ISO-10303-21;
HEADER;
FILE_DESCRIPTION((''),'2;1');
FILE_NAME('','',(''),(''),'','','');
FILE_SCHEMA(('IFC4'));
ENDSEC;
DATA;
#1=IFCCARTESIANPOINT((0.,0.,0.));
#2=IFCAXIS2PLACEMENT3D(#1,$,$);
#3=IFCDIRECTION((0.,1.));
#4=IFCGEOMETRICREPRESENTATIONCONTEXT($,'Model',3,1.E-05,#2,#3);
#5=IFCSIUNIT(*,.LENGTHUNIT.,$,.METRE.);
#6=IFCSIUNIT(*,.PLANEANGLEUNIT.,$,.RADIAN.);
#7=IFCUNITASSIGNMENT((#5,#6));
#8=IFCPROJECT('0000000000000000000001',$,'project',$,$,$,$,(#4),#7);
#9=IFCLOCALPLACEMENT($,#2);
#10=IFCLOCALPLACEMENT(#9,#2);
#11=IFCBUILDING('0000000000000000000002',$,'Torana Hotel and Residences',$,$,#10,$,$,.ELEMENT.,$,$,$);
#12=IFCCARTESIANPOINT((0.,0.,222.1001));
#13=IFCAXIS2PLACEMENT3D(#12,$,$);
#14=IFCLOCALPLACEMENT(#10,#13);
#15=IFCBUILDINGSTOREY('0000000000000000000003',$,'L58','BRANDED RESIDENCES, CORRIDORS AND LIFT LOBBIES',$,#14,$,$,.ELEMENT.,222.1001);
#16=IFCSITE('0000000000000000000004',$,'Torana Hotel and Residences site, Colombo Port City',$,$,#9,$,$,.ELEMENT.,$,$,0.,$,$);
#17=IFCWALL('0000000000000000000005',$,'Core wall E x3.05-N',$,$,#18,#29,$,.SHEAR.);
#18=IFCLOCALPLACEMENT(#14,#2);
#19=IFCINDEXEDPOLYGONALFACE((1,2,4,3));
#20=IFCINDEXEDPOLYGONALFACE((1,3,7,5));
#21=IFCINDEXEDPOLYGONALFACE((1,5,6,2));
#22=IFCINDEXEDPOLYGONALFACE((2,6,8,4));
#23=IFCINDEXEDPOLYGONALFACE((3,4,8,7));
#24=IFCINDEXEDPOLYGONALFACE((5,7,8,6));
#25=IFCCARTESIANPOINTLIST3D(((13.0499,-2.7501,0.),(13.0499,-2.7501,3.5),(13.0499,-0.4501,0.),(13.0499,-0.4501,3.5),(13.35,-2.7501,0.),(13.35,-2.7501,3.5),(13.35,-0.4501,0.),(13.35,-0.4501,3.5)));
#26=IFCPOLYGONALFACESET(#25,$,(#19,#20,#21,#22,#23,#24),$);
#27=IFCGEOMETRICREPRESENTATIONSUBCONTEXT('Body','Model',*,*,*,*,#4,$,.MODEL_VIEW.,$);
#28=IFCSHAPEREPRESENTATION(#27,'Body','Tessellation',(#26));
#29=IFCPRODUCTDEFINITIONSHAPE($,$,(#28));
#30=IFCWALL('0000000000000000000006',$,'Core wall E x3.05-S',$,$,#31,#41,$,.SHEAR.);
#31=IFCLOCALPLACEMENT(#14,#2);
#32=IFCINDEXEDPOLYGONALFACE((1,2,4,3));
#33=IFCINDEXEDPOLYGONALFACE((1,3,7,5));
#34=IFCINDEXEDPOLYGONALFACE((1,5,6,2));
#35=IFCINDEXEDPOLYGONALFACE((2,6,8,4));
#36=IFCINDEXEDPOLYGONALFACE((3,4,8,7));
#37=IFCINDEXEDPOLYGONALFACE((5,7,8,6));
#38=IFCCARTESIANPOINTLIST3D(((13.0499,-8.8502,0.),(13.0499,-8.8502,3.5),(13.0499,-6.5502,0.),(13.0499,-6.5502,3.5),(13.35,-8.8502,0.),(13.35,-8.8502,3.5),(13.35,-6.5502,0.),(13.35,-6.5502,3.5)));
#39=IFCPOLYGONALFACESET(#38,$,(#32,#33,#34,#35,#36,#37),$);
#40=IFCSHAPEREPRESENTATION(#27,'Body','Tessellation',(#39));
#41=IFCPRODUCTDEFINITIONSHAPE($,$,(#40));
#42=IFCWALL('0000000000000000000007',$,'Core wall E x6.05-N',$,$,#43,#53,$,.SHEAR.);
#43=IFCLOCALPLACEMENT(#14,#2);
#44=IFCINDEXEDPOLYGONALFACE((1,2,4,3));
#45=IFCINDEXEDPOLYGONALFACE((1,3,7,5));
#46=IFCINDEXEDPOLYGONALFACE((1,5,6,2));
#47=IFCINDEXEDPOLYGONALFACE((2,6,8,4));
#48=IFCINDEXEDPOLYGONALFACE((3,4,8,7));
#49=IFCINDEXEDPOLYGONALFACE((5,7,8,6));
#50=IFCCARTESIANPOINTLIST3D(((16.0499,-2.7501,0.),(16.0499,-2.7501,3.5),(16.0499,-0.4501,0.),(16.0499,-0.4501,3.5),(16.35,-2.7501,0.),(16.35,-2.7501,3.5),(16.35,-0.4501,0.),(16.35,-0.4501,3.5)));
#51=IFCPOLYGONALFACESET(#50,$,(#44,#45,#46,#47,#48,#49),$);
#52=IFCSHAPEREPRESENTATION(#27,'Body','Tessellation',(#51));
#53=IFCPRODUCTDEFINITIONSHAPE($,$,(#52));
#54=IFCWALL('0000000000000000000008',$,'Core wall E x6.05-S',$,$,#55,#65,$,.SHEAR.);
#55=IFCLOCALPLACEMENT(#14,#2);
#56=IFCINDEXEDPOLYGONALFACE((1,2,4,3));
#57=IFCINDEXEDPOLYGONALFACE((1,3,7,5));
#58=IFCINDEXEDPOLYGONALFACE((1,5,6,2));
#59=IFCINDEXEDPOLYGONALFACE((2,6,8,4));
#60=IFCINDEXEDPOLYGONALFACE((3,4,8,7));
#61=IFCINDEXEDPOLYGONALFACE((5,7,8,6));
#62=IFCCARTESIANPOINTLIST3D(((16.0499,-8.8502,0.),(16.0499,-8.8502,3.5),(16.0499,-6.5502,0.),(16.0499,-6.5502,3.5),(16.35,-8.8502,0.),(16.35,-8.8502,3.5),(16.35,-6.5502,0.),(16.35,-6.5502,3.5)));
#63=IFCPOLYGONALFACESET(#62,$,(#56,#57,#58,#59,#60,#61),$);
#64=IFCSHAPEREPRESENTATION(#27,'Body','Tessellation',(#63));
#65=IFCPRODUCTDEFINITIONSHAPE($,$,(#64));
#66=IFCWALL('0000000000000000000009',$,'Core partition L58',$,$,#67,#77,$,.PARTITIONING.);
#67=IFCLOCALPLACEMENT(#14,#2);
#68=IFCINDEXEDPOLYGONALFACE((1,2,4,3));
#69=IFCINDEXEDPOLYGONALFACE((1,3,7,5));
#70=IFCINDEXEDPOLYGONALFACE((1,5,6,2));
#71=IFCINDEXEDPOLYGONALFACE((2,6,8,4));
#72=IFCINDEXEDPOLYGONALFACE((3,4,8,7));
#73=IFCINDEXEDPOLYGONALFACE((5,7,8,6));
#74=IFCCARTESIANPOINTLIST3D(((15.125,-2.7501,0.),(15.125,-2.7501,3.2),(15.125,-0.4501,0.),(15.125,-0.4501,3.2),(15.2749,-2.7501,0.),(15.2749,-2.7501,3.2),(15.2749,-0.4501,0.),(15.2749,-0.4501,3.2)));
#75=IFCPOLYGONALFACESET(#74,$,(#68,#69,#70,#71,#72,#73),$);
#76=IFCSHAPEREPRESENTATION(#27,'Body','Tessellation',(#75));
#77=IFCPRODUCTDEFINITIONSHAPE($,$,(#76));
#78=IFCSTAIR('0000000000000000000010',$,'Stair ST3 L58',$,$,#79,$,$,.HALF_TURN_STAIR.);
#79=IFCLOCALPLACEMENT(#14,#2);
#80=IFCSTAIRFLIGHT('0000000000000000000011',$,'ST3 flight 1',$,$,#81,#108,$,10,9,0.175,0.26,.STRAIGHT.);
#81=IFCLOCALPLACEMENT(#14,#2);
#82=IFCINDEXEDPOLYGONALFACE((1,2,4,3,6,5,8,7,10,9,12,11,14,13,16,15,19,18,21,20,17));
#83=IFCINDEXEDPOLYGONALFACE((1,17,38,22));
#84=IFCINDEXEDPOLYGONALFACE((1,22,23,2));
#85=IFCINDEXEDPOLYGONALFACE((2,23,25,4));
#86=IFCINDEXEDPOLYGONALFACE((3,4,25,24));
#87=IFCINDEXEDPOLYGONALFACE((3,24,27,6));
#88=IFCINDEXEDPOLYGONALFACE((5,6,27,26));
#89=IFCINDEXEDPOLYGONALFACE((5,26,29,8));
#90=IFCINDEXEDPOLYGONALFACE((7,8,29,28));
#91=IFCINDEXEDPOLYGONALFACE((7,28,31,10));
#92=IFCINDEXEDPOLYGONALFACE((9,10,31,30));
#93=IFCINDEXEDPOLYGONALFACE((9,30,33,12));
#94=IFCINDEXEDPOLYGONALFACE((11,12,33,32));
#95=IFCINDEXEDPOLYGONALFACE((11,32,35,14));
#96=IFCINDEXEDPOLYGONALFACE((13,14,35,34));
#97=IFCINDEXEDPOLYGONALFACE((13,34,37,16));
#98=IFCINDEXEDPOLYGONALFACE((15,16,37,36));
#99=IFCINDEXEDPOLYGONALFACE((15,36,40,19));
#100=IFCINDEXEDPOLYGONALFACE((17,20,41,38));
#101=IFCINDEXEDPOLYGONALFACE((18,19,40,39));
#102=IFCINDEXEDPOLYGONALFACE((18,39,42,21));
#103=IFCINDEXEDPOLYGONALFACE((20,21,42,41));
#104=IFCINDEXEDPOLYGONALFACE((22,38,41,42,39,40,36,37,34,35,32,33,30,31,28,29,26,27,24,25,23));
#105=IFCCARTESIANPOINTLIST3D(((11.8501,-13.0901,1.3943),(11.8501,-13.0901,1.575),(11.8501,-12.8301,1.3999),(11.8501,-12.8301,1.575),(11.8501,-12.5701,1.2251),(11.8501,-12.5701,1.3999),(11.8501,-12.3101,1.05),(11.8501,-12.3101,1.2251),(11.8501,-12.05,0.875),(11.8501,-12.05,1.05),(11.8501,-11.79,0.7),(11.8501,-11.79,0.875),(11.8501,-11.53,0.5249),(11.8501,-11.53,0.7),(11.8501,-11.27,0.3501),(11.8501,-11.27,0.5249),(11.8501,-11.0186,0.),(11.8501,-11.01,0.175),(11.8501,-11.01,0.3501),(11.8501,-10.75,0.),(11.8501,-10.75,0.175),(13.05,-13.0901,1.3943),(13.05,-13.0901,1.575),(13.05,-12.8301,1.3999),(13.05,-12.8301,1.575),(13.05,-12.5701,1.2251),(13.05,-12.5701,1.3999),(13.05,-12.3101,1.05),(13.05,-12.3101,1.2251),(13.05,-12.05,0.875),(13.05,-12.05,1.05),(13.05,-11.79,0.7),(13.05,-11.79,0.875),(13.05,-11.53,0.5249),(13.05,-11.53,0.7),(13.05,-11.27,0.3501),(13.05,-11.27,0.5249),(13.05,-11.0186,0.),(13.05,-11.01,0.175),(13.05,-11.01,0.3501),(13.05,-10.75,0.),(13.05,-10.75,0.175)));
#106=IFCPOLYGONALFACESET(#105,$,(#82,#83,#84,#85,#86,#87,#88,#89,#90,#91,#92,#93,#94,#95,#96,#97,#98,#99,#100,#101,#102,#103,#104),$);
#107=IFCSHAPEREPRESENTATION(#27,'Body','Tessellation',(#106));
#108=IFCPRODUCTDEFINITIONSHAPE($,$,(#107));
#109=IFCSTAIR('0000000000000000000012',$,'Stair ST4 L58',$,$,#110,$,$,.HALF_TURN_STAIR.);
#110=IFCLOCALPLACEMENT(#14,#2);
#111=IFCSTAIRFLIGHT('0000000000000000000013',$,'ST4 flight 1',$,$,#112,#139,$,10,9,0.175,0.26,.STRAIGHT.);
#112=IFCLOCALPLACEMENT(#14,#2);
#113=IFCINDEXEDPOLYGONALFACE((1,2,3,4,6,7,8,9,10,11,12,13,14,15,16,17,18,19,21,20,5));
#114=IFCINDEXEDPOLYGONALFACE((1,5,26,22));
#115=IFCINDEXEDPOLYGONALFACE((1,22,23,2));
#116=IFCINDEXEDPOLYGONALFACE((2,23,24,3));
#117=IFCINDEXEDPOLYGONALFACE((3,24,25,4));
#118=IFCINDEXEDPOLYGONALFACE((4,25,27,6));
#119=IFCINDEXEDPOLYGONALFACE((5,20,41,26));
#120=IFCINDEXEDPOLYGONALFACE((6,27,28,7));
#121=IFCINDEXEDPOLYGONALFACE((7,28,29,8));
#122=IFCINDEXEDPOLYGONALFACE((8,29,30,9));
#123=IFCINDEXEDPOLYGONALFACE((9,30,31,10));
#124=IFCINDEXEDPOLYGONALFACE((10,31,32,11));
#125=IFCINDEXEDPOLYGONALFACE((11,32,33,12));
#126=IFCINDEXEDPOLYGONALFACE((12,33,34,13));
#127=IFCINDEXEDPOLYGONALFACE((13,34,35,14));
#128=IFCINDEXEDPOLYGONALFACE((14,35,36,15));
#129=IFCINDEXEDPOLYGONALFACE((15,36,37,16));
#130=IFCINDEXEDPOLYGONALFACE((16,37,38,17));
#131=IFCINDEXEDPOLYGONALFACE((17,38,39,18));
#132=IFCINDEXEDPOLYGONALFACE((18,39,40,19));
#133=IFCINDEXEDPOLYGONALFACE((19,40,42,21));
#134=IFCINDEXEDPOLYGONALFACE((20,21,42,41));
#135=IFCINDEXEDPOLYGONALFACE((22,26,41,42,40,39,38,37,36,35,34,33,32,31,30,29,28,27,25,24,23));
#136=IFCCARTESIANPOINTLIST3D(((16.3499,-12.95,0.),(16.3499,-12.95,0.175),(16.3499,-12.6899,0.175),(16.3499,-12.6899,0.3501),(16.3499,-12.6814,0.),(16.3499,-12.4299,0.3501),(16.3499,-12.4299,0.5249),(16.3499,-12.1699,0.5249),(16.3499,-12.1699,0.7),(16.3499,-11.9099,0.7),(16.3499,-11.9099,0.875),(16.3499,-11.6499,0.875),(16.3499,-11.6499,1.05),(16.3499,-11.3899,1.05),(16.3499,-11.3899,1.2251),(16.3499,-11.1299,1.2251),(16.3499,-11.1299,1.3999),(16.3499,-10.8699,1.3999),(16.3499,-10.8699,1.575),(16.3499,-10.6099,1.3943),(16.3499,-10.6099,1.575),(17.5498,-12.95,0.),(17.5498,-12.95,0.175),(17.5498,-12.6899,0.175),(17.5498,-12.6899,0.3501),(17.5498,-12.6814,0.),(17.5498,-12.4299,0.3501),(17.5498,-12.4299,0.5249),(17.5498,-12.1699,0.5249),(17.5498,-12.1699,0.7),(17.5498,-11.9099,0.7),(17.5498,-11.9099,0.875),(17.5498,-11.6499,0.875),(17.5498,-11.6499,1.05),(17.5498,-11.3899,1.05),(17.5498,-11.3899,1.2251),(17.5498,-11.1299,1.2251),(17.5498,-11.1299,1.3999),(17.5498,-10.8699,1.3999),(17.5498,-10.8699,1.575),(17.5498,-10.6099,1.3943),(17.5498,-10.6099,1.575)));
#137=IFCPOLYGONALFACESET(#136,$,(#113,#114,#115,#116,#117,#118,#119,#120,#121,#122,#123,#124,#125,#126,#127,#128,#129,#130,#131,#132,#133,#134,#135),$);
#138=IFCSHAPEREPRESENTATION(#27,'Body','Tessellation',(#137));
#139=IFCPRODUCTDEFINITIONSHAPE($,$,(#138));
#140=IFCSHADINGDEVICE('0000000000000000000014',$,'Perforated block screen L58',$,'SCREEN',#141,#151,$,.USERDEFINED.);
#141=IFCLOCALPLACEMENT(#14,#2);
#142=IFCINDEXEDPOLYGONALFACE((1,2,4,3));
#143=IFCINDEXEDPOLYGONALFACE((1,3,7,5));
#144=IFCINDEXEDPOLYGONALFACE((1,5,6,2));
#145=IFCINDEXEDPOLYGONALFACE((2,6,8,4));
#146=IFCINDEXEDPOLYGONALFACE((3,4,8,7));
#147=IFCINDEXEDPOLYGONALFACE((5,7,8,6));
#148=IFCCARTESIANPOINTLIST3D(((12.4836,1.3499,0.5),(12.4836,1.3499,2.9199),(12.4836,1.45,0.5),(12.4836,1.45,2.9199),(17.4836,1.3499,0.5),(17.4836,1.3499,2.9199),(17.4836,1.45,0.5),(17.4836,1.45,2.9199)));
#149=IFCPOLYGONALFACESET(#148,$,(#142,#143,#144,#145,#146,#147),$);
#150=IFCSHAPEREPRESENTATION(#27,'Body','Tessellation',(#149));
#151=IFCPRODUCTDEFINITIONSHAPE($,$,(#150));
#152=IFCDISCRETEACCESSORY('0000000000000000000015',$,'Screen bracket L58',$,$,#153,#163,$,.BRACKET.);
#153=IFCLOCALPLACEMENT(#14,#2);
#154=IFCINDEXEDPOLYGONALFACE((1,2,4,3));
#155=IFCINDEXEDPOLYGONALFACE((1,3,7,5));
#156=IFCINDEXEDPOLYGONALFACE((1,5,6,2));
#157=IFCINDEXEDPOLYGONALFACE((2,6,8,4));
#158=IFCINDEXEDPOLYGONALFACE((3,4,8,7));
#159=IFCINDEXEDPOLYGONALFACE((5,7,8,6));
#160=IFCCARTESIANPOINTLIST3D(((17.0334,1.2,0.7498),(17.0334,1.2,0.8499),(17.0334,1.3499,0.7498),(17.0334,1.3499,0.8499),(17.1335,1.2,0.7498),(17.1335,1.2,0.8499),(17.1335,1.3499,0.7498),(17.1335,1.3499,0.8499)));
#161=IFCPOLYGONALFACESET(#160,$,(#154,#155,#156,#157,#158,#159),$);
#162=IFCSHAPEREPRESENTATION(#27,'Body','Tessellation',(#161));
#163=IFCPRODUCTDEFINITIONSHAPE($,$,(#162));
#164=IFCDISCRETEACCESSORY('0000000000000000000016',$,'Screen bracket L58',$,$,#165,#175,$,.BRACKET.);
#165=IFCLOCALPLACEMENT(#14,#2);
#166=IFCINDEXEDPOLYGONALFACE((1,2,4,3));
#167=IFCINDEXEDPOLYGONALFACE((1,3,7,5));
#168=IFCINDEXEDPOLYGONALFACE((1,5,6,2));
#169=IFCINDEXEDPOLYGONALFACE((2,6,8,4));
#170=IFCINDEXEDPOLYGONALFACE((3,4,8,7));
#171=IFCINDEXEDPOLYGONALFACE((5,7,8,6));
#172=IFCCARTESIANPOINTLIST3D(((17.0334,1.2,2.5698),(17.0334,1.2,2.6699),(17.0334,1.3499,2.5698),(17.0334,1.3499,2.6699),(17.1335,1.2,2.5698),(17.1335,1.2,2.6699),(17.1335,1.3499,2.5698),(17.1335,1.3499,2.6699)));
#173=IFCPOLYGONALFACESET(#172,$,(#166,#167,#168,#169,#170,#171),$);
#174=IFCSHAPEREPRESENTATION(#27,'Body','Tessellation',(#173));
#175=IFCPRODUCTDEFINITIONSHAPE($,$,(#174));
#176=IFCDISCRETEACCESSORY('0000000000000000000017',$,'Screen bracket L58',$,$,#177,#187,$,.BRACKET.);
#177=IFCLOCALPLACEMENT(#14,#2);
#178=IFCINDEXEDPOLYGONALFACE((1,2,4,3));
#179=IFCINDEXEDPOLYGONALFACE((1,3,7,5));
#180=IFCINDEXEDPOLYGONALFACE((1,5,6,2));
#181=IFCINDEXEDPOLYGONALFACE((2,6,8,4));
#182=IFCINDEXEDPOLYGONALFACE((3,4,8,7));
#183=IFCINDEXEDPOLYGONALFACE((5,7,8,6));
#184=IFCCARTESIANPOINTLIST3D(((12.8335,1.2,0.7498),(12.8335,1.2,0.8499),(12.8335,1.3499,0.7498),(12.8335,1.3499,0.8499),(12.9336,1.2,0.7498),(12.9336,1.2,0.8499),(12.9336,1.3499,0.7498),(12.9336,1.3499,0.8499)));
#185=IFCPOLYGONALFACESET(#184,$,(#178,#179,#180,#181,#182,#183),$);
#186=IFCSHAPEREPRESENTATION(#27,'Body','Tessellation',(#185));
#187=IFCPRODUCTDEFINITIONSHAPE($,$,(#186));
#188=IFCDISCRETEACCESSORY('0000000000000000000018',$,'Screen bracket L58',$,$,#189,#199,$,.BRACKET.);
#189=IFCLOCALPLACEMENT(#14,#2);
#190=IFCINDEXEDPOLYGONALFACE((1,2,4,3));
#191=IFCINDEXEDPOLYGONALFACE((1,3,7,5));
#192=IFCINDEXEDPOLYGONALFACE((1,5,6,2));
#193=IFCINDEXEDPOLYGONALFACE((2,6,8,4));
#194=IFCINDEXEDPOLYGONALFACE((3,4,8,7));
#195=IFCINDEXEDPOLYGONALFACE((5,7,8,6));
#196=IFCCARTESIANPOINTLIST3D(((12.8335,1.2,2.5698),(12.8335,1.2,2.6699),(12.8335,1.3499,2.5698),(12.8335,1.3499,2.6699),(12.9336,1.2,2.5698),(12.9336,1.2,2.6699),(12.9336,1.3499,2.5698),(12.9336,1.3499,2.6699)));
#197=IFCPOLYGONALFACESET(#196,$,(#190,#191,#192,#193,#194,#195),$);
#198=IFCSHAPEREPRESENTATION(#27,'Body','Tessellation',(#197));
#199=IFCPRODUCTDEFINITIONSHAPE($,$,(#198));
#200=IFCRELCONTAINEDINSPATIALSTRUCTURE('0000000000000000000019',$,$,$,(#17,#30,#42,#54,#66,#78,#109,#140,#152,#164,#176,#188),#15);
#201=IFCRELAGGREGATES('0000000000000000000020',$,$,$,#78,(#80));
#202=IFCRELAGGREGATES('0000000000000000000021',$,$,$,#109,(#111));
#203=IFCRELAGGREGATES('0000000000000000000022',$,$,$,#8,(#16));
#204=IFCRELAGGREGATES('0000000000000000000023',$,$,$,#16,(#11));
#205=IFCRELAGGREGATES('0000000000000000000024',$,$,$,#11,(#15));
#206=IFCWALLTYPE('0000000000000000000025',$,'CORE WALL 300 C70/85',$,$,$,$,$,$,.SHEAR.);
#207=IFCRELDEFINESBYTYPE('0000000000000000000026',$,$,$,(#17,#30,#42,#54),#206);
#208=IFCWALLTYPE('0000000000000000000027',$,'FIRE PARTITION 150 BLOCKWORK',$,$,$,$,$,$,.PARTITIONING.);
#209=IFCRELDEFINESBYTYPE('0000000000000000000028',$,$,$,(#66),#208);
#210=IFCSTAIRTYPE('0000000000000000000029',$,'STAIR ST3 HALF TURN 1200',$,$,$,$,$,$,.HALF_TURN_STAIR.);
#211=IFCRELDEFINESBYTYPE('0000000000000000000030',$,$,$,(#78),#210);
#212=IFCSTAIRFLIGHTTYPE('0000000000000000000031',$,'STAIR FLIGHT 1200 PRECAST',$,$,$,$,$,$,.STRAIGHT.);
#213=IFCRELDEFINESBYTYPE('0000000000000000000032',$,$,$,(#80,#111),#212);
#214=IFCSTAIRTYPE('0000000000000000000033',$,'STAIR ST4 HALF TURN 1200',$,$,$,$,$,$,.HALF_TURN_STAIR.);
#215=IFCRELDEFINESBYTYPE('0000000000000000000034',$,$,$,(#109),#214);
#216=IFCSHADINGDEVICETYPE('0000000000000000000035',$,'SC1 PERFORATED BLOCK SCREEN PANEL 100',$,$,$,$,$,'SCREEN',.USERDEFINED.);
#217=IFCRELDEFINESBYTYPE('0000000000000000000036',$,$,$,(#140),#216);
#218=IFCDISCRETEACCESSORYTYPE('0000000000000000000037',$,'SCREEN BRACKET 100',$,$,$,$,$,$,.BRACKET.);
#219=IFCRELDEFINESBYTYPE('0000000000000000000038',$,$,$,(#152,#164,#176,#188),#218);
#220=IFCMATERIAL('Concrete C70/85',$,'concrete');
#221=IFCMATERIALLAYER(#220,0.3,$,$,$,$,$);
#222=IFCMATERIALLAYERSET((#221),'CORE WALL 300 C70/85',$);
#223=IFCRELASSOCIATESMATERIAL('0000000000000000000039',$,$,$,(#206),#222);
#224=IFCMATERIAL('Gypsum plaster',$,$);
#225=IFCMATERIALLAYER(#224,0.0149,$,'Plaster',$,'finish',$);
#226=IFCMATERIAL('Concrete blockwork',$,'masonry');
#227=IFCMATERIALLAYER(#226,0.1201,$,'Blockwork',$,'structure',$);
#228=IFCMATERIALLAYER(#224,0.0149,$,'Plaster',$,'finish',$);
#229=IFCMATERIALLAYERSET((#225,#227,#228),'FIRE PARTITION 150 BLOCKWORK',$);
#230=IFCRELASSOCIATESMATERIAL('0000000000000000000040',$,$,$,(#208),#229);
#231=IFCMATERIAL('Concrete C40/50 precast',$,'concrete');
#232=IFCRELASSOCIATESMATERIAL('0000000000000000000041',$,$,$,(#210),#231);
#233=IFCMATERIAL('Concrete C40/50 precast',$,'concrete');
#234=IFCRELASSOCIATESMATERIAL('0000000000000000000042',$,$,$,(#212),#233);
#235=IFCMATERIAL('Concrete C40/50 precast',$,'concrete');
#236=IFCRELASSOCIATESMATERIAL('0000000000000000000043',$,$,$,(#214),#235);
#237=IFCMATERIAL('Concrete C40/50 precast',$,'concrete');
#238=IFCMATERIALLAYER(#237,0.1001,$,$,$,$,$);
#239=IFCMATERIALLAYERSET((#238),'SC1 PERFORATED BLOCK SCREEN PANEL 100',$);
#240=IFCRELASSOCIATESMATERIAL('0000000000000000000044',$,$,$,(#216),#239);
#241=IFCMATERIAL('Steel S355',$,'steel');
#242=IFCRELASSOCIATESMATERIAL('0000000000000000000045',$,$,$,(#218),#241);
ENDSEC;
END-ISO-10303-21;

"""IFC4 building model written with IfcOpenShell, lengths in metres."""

from ifc_helpers import new_model, si_unit, direction, frame, frame_2d, origin, origin_2d, place, context, subcontext, project, spatial, polyline, rectangle, outline, extrude, material, layer, layer_set, type_object, element, aggregate, save


model = new_model("IFC4")

# Units and contexts
model_context = context("Model", 3, precision=1e-05, world=origin(), true_north=direction((0.0, 1.0)))
body_context = subcontext(model_context, "Body", "Model", "MODEL_VIEW")
ifc_project = project(units=[si_unit("LENGTHUNIT", "METRE"), si_unit("PLANEANGLEUNIT", "RADIAN")], contexts=[model_context])

# Site, building, storey
site_placement = place(None, origin())
site = spatial("IfcSite", under=ifc_project, at=site_placement, Name="Torana Hotel and Residences site, Colombo Port City", CompositionType="ELEMENT", RefElevation=0.0)
building_placement = place(site_placement, origin())
building = spatial("IfcBuilding", under=site, at=building_placement, Name="Torana Hotel and Residences", CompositionType="ELEMENT")
storey_placement = place(building_placement, frame((0.0, 0.0, 222.1001)))
storey = spatial("IfcBuildingStorey", under=building, at=storey_placement, Name="L58", Description="BRANDED RESIDENCES, CORRIDORS AND LIFT LOBBIES", CompositionType="ELEMENT", Elevation=222.1001)

# Walls
ifc_material_1 = material(Name="Concrete C70/85", Category="concrete")
ifc_layer_1 = layer(ifc_material_1, 0.3)
ifc_layer_set_1 = layer_set([ifc_layer_1], Name="CORE WALL 300 C70/85")
wall_type_1 = type_object("IfcWallType", Name="CORE WALL 300 C70/85", PredefinedType="SHEAR", material=ifc_layer_set_1)
for number, where, z_axis, x_axis, name in (
    (1, (13.2, -2.75, 0.0), (0.0, 0.0, 1.0), (0.0, 1.0, 0.0), "Core wall E x3.05-N"),
    (2, (13.2, -8.8501, 0.0), (0.0, 0.0, 1.0), (0.0, 1.0, 0.0), "Core wall E x3.05-S"),
    (3, (16.2, -2.75, 0.0), (0.0, 0.0, 1.0), (0.0, 1.0, 0.0), "Core wall E x6.05-N"),
    (4, (16.2, -8.8501, 0.0), (0.0, 0.0, 1.0), (0.0, 1.0, 0.0), "Core wall E x6.05-S"),
):
    element("IfcWall", number, at=place(storey_placement, frame(where, z_axis=z_axis, x_axis=x_axis)), inside=storey, type_object=wall_type_1, Name=name, PredefinedType="SHEAR", context=body_context, shape_type="SweptSolid", body=[
        extrude(rectangle(XDim=2.3, YDim=0.3, at=frame_2d((1.1499, 0.0))), origin(), (0.0, 0.0, 1.0), 3.5),
    ])
ifc_material_2 = material(Name="Gypsum plaster")
ifc_layer_2 = layer(ifc_material_2, 0.0149, Name="Plaster", Category="finish")
ifc_material_3 = material(Name="Concrete blockwork", Category="masonry")
ifc_layer_3 = layer(ifc_material_3, 0.1201, Name="Blockwork", Category="structure")
ifc_layer_4 = layer(ifc_material_2, 0.0149, Name="Plaster", Category="finish")
ifc_layer_set_2 = layer_set([ifc_layer_2, ifc_layer_3, ifc_layer_4], Name="FIRE PARTITION 150 BLOCKWORK")
wall_type_2 = type_object("IfcWallType", Name="FIRE PARTITION 150 BLOCKWORK", PredefinedType="PARTITIONING", material=ifc_layer_set_2)
wall_placement = place(storey_placement, frame((15.2, -2.75, 0.0), z_axis=(0.0, 0.0, 1.0), x_axis=(0.0, 1.0, 0.0)))
element("IfcWall", 5, at=wall_placement, inside=storey, type_object=wall_type_2, Name="Core partition L58", PredefinedType="PARTITIONING", context=body_context, shape_type="SweptSolid", body=[
    extrude(rectangle(XDim=2.3, YDim=0.1499, at=frame_2d((1.1499, 0.0))), origin(), (0.0, 0.0, 1.0), 3.2),
])

# Stairs, stair flights
ifc_material_4 = material(Name="Concrete C40/50 precast", Category="concrete")
stair_type_1 = type_object("IfcStairType", Name="STAIR ST3 HALF TURN 1200", PredefinedType="HALF_TURN_STAIR", material=ifc_material_4)
stair_1_placement = place(storey_placement, origin())
stair_1 = element("IfcStair", 6, at=stair_1_placement, inside=storey, type_object=stair_type_1, Name="Stair ST3 L58", PredefinedType="HALF_TURN_STAIR")
ifc_material_5 = material(Name="Concrete C40/50 precast", Category="concrete")
stair_flight_type = type_object("IfcStairFlightType", Name="STAIR FLIGHT 1200 PRECAST", PredefinedType="STRAIGHT", material=ifc_material_5)
stair_flight_1_placement = place(storey_placement, frame((12.45, -10.75, 0.0), z_axis=(0.0, 0.0, 1.0), x_axis=(0.0, -1.0, 0.0)))
stair_flight_1 = element("IfcStairFlight", 7, at=stair_flight_1_placement, type_object=stair_flight_type, Name="ST3 flight 1", NumberOfRisers=10, NumberOfTreads=9, PredefinedType="STRAIGHT", RiserHeight=0.175, TreadLength=0.26, context=body_context, shape_type="SweptSolid", body=[
    extrude(outline(polyline([(0.0, 0.0), (0.0, 0.175), (0.26, 0.175), (0.26, 0.3501), (0.52, 0.3501), (0.52, 0.5249), (0.78, 0.5249), (0.78, 0.7), (1.04, 0.7), (1.04, 0.875), (1.3, 0.875), (1.3, 1.05), (1.5601, 1.05), (1.5601, 1.2251), (1.8201, 1.2251), (1.8201, 1.3999), (2.0801, 1.3999), (2.0801, 1.575), (2.3401, 1.575), (2.3401, 1.75), (2.3401, 1.3943), (0.2686, 0.0), (0.0, 0.0)])), frame((0.0, 0.6001, 0.0), z_axis=(0.0, -1.0, 0.0), x_axis=(1.0, 0.0, 0.0)), (0.0, 0.0, 1.0), 1.2),
])
aggregate(stair_1, [stair_flight_1])
ifc_material_6 = material(Name="Concrete C40/50 precast", Category="concrete")
stair_type_2 = type_object("IfcStairType", Name="STAIR ST4 HALF TURN 1200", PredefinedType="HALF_TURN_STAIR", material=ifc_material_6)
stair_2_placement = place(storey_placement, origin())
stair_2 = element("IfcStair", 8, at=stair_2_placement, inside=storey, type_object=stair_type_2, Name="Stair ST4 L58", PredefinedType="HALF_TURN_STAIR")
stair_flight_2_placement = place(storey_placement, frame((16.95, -12.95, 0.0), z_axis=(0.0, 0.0, 1.0), x_axis=(0.0, 1.0, 0.0)))
stair_flight_2 = element("IfcStairFlight", 9, at=stair_flight_2_placement, type_object=stair_flight_type, Name="ST4 flight 1", NumberOfRisers=10, NumberOfTreads=9, PredefinedType="STRAIGHT", RiserHeight=0.175, TreadLength=0.26, context=body_context, shape_type="SweptSolid", body=[
    extrude(outline(polyline([(0.0, 0.0), (0.0, 0.175), (0.26, 0.175), (0.26, 0.3501), (0.52, 0.3501), (0.52, 0.5249), (0.78, 0.5249), (0.78, 0.7), (1.04, 0.7), (1.04, 0.875), (1.3, 0.875), (1.3, 1.05), (1.5601, 1.05), (1.5601, 1.2251), (1.8201, 1.2251), (1.8201, 1.3999), (2.0801, 1.3999), (2.0801, 1.575), (2.3401, 1.575), (2.3401, 1.75), (2.3401, 1.3943), (0.2686, 0.0), (0.0, 0.0)])), frame((0.0, 0.6001, 0.0), z_axis=(0.0, -1.0, 0.0), x_axis=(1.0, 0.0, 0.0)), (0.0, 0.0, 1.0), 1.2),
])
aggregate(stair_2, [stair_flight_2])

# Shading device
ifc_material_7 = material(Name="Concrete C40/50 precast", Category="concrete")
ifc_layer_5 = layer(ifc_material_7, 0.1001)
ifc_layer_set_3 = layer_set([ifc_layer_5], Name="SC1 PERFORATED BLOCK SCREEN PANEL 100")
shading_device_type = type_object("IfcShadingDeviceType", Name="SC1 PERFORATED BLOCK SCREEN PANEL 100", ElementType="SCREEN", PredefinedType="USERDEFINED", material=ifc_layer_set_3)
shading_device_placement = place(storey_placement, frame((14.9836, 1.3999, 0.5), z_axis=(0.0, 0.0, 1.0), x_axis=(-1.0, 0.0, 0.0)))
element("IfcShadingDevice", 10, at=shading_device_placement, inside=storey, type_object=shading_device_type, Name="Perforated block screen L58", ObjectType="SCREEN", PredefinedType="USERDEFINED", context=body_context, shape_type="SweptSolid", body=[
    extrude(rectangle(XDim=5.0, YDim=0.1001, at=origin_2d()), origin(), (0.0, 0.0, 1.0), 2.4199),
])

# Discrete accessories
ifc_material_8 = material(Name="Steel S355", Category="steel")
discrete_accessory_type = type_object("IfcDiscreteAccessoryType", Name="SCREEN BRACKET 100", PredefinedType="BRACKET", material=ifc_material_8)
for number, where, z_axis, x_axis, name in (
    (11, (17.0835, 1.2749, 0.7498), (0.0, 0.0, 1.0), (-1.0, 0.0, 0.0), "Screen bracket L58"),
    (12, (17.0835, 1.2749, 2.5698), (0.0, 0.0, 1.0), (-1.0, 0.0, 0.0), "Screen bracket L58"),
    (13, (12.8835, 1.2749, 0.7498), (0.0, 0.0, 1.0), (-1.0, 0.0, 0.0), "Screen bracket L58"),
    (14, (12.8835, 1.2749, 2.5698), (0.0, 0.0, 1.0), (-1.0, 0.0, 0.0), "Screen bracket L58"),
):
    element("IfcDiscreteAccessory", number, at=place(storey_placement, frame(where, z_axis=z_axis, x_axis=x_axis)), inside=storey, type_object=discrete_accessory_type, Name=name, PredefinedType="BRACKET", context=body_context, shape_type="SweptSolid", body=[
        extrude(rectangle(XDim=0.1001, YDim=0.1499, at=origin_2d()), origin(), (0.0, 0.0, 1.0), 0.1001),
    ])

save(model, "model.ifc")
